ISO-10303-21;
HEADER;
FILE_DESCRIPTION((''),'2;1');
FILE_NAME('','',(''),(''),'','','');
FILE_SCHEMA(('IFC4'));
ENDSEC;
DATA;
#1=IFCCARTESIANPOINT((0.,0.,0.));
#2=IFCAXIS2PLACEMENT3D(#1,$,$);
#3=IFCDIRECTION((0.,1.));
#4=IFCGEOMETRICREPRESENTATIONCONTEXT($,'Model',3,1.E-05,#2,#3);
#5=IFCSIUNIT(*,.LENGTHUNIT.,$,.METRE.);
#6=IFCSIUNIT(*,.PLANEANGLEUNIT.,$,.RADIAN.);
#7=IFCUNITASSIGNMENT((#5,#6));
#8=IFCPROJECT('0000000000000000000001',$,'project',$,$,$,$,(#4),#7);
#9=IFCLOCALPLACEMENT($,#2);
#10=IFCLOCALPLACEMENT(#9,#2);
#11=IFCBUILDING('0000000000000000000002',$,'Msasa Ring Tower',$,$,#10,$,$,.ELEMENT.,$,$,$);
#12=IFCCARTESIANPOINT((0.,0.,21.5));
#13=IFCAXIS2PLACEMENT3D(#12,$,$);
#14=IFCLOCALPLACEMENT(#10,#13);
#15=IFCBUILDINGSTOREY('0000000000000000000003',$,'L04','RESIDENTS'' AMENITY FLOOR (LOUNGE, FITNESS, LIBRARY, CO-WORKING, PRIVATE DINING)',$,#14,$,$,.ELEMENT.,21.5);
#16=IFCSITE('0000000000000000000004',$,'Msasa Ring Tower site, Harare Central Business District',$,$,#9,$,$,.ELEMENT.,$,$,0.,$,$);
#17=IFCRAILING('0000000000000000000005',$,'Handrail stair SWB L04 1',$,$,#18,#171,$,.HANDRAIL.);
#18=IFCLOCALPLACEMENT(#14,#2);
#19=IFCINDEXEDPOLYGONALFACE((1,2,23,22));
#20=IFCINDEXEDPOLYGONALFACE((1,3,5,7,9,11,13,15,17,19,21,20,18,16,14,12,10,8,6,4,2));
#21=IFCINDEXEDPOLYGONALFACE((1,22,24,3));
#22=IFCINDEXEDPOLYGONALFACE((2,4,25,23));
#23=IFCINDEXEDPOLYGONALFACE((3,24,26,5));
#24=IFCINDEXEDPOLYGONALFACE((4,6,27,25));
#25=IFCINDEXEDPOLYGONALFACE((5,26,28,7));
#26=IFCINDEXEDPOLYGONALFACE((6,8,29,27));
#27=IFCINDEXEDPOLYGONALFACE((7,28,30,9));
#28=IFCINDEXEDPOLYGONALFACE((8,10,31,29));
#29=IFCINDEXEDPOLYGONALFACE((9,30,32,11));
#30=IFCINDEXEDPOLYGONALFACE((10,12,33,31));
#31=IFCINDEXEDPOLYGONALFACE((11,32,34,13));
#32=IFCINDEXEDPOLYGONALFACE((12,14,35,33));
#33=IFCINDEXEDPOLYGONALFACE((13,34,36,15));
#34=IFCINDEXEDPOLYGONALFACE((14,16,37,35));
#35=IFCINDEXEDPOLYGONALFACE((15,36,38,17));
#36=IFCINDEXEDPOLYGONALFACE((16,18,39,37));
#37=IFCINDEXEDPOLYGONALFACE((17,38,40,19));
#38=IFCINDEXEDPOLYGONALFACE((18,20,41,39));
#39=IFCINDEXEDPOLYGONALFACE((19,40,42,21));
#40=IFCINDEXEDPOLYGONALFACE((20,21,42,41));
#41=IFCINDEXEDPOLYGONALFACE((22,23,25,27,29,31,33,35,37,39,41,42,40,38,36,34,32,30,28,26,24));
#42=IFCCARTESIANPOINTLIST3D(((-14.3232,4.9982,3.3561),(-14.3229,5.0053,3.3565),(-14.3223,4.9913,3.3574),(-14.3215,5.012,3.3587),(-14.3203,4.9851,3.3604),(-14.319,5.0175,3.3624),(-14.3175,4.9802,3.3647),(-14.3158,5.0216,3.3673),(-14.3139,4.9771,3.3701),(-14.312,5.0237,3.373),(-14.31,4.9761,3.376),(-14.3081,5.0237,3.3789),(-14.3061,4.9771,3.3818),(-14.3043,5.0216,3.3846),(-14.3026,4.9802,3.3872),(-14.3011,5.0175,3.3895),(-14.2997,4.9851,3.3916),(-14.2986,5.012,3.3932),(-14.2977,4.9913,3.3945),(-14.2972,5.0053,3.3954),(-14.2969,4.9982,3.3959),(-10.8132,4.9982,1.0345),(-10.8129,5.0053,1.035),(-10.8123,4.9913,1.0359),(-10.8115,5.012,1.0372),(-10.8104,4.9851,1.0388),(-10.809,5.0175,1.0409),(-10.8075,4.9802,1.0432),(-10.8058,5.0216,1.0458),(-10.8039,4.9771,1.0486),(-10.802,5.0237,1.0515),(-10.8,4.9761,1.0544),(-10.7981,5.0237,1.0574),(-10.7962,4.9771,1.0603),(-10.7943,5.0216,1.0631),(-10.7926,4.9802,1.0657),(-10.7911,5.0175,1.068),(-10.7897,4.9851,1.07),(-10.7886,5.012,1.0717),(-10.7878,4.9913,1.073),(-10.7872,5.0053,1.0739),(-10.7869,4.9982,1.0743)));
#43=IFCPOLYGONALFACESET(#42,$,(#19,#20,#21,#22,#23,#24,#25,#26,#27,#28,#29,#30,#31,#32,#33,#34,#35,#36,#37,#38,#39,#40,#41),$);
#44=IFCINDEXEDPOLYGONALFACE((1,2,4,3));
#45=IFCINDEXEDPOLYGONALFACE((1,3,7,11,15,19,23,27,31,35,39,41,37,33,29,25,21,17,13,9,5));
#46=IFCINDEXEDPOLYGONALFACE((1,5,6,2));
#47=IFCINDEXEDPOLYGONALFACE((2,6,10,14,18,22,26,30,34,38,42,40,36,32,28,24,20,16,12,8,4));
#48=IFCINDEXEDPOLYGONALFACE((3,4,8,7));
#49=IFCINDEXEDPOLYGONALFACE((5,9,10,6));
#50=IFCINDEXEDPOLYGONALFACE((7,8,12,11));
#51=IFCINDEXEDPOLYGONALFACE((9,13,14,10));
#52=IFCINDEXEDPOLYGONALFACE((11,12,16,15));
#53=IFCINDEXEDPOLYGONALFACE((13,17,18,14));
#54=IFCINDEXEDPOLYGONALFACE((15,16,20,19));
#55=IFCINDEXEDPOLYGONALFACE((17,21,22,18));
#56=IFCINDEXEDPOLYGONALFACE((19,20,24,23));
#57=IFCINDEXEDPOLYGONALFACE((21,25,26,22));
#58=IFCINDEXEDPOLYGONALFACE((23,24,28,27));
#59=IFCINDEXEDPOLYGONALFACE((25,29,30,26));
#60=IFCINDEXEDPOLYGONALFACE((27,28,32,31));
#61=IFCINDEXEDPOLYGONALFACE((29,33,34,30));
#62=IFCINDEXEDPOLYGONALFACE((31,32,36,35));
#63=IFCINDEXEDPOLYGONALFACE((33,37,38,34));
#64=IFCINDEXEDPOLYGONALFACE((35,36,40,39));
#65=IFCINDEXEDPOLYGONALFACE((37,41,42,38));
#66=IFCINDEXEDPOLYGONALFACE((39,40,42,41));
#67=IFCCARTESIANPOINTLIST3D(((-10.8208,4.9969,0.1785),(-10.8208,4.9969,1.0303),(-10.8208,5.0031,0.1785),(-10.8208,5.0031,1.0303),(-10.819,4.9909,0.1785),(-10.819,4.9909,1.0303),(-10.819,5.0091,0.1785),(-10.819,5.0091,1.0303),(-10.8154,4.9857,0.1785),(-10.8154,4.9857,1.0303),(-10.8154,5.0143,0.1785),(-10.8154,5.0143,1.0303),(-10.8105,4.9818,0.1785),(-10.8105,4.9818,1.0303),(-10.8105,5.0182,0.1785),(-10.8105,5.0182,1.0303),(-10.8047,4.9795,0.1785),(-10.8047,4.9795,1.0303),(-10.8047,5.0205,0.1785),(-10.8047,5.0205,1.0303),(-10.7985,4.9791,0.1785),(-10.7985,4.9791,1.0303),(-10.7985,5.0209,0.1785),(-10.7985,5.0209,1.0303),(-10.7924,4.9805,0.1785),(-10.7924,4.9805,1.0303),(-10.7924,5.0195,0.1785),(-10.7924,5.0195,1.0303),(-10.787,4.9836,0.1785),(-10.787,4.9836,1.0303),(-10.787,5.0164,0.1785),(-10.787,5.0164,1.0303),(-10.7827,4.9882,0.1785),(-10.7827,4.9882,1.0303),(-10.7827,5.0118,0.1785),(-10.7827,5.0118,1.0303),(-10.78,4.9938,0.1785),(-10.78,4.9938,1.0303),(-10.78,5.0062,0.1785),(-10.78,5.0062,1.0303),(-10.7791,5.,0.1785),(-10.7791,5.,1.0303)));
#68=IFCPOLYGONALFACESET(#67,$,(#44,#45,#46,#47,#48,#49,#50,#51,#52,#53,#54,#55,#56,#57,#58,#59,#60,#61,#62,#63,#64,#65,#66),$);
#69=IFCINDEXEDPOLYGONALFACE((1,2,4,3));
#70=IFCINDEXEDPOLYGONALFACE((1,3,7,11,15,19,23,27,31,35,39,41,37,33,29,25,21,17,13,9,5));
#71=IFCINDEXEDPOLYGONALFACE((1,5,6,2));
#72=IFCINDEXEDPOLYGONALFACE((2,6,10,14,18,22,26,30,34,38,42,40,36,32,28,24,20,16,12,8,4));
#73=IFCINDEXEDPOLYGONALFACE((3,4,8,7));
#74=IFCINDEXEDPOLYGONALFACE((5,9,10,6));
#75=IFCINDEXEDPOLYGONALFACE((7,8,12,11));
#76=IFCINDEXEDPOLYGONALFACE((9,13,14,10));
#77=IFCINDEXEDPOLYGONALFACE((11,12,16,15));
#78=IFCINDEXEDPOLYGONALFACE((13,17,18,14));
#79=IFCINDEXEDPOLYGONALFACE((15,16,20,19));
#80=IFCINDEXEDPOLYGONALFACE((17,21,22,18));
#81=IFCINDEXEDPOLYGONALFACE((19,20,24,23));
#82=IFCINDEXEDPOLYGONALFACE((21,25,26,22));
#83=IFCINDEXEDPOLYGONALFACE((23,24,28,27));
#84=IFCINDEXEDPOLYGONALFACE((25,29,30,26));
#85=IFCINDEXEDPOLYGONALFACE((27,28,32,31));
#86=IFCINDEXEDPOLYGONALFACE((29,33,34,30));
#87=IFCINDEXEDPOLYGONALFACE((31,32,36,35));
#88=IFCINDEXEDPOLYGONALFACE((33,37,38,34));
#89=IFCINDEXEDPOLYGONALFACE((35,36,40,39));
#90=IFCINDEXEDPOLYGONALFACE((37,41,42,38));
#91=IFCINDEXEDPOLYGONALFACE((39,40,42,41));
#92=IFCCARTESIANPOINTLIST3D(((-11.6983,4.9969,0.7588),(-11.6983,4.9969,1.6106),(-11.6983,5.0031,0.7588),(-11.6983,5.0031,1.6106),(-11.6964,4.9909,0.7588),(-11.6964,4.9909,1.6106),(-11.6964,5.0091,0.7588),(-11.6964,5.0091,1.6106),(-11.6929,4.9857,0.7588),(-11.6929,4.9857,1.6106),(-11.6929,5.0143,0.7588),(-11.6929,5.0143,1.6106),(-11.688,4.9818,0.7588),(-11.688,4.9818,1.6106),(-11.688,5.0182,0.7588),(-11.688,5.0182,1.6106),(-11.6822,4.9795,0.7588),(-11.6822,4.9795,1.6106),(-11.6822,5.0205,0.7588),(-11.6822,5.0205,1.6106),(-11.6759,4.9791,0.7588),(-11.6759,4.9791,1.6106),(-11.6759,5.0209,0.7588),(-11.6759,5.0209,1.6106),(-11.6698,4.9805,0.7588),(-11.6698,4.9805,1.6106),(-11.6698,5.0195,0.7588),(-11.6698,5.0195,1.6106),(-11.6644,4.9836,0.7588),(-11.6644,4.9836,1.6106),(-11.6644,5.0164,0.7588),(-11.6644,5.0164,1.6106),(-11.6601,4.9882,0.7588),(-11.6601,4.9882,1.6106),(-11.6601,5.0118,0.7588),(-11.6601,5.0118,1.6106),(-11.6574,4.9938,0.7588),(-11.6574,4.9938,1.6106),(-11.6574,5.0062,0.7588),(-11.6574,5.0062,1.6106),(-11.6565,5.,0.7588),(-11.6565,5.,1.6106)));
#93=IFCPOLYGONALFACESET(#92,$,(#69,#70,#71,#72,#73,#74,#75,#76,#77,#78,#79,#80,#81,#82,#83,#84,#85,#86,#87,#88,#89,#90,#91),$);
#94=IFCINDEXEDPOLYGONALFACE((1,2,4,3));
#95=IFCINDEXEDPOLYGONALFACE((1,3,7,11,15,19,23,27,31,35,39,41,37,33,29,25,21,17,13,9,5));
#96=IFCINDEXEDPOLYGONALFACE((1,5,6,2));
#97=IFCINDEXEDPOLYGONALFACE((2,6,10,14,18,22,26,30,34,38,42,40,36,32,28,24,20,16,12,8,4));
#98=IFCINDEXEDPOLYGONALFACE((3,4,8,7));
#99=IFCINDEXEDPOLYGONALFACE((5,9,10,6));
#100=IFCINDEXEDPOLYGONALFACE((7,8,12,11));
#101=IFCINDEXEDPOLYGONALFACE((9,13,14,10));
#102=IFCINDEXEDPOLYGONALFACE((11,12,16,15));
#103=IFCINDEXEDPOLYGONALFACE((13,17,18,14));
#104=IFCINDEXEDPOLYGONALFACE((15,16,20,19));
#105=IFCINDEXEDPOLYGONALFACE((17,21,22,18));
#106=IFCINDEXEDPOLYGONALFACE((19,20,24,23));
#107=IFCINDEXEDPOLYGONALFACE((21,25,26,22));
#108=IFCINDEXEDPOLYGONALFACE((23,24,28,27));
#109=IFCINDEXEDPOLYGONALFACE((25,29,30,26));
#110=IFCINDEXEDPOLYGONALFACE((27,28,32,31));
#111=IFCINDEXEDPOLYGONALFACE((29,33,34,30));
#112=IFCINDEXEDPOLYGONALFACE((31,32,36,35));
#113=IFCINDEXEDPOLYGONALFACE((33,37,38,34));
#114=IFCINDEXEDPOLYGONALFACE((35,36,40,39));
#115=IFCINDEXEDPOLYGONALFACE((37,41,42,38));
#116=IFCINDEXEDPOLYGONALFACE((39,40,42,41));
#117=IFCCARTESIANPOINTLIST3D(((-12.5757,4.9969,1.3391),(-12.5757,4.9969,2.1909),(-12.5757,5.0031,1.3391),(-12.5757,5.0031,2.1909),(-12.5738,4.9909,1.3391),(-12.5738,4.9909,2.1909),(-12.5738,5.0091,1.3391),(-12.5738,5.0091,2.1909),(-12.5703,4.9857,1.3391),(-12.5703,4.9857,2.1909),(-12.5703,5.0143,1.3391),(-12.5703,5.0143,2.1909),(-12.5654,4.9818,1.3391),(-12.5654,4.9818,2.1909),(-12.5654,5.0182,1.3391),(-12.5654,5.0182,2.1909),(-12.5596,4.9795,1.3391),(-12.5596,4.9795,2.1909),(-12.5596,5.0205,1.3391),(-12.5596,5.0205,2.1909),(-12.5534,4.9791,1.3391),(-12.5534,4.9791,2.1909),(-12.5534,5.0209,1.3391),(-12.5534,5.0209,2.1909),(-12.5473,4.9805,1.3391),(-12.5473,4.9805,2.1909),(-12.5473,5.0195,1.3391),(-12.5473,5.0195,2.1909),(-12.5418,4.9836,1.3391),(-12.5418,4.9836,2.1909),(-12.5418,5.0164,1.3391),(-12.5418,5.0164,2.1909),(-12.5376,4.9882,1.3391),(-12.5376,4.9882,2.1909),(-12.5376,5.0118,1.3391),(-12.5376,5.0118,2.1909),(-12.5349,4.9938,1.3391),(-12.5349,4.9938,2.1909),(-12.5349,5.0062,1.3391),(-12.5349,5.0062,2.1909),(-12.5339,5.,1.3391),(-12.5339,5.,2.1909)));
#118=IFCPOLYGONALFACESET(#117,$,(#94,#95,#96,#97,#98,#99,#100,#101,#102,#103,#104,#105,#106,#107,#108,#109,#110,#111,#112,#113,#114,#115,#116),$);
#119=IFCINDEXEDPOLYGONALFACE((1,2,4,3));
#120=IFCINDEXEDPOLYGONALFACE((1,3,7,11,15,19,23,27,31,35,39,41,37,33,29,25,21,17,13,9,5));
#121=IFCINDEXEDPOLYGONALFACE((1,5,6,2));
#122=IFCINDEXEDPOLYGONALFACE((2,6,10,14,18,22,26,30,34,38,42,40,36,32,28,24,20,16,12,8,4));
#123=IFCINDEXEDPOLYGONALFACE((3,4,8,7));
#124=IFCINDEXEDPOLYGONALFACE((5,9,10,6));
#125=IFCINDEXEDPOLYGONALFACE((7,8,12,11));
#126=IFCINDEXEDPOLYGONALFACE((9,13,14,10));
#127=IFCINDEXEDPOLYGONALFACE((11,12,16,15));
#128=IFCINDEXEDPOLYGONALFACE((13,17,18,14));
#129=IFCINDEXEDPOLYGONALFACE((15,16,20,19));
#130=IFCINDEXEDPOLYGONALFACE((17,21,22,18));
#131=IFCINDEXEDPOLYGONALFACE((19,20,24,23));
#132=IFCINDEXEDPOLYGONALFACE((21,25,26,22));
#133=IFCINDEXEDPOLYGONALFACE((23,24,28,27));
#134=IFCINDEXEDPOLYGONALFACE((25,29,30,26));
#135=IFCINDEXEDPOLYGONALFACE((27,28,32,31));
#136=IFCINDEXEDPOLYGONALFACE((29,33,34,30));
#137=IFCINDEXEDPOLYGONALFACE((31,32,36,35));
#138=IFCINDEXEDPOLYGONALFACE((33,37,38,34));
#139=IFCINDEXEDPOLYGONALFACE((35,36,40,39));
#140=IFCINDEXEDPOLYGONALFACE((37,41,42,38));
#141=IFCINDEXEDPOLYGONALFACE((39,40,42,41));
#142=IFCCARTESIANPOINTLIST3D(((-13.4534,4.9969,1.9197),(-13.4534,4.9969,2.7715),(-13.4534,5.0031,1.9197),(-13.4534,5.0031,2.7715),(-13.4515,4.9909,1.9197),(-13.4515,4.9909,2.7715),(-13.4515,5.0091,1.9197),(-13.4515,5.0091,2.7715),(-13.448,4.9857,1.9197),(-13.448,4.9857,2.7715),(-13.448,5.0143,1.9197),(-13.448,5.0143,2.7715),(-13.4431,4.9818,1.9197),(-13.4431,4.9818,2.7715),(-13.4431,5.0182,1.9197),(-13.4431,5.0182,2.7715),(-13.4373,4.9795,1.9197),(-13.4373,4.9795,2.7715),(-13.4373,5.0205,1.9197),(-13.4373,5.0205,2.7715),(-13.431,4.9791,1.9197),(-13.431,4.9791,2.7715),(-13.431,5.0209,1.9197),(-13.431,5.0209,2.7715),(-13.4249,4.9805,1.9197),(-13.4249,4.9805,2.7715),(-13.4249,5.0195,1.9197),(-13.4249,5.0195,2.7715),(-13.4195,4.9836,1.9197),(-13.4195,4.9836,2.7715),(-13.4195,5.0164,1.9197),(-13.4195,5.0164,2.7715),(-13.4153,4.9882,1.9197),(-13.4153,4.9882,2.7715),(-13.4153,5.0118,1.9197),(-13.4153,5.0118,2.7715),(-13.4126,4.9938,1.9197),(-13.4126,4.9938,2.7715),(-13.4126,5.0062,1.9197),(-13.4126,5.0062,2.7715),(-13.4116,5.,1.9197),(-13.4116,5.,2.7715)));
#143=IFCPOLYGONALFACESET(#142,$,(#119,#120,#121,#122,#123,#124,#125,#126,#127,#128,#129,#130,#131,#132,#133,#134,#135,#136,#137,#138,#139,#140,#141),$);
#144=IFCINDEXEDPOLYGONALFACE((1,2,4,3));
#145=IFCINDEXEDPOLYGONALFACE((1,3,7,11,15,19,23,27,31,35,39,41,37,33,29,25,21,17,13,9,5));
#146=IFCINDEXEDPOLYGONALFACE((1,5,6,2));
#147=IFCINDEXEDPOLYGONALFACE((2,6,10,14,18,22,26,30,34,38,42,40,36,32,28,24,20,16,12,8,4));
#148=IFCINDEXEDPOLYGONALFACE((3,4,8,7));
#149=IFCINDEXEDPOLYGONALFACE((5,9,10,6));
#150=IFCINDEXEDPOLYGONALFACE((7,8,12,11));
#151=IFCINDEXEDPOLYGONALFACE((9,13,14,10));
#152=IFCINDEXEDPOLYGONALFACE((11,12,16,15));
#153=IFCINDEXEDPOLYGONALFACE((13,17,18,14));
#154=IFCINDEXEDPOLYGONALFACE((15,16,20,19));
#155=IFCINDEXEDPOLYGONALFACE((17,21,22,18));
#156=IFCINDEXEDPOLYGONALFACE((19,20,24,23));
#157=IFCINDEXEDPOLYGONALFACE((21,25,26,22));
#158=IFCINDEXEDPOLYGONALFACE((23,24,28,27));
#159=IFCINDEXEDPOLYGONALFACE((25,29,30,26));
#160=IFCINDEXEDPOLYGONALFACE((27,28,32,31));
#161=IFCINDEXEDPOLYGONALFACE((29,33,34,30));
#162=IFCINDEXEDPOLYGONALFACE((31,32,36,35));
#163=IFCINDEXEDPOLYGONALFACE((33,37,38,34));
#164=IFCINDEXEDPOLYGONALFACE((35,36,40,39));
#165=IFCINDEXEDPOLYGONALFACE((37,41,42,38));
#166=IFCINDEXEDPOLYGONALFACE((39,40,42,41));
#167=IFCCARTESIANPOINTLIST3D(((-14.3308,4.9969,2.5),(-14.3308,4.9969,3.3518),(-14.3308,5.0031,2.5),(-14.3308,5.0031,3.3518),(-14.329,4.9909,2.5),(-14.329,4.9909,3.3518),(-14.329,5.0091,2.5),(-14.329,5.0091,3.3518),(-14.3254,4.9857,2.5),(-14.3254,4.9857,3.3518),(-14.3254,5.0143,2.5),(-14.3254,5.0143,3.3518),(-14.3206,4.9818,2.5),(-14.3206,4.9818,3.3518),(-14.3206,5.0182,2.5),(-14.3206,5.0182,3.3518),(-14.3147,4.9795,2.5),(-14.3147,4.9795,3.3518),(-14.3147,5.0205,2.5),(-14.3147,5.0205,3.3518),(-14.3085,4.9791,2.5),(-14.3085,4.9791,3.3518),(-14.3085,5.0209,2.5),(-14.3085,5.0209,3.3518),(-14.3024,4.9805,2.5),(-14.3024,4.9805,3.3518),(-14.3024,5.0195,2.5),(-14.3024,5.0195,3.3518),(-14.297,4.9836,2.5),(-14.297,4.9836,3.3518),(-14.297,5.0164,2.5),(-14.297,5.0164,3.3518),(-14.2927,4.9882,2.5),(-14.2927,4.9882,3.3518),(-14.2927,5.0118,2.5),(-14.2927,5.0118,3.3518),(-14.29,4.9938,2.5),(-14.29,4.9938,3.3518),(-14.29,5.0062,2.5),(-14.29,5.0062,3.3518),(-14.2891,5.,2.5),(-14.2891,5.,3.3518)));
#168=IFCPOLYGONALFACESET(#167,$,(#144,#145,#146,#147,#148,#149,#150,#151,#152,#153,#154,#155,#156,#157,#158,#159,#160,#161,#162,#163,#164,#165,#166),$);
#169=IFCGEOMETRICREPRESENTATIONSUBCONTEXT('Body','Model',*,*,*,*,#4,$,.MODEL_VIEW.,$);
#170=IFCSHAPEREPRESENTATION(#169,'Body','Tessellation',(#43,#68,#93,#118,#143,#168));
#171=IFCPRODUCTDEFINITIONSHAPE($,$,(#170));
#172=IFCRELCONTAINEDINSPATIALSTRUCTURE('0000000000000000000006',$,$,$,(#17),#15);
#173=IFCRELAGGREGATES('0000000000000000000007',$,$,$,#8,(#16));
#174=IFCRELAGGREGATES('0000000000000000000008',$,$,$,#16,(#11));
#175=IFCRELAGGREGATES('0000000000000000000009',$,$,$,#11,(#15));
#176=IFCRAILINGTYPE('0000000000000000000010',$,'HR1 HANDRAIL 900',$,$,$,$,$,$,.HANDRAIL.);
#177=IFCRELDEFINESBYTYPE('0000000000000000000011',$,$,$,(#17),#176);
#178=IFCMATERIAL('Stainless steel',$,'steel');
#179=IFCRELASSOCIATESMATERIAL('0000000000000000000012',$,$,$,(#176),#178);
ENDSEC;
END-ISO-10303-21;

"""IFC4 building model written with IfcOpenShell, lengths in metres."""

from ifc_helpers import new_model, si_unit, direction, frame, origin, origin_2d, place, context, subcontext, project, spatial, circle, extrude, material, type_object, element, save


model = new_model("IFC4")

# Units and contexts
model_context = context("Model", 3, precision=1e-05, world=origin(), true_north=direction((0.0, 1.0)))
body_context = subcontext(model_context, "Body", "Model", "MODEL_VIEW")
ifc_project = project(units=[si_unit("LENGTHUNIT", "METRE"), si_unit("PLANEANGLEUNIT", "RADIAN")], contexts=[model_context])

# Site, building, storey
site_placement = place(None, origin())
site = spatial("IfcSite", under=ifc_project, at=site_placement, Name="Msasa Ring Tower site, Harare Central Business District", CompositionType="ELEMENT", RefElevation=0.0)
building_placement = place(site_placement, origin())
building = spatial("IfcBuilding", under=site, at=building_placement, Name="Msasa Ring Tower", CompositionType="ELEMENT")
storey_placement = place(building_placement, frame((0.0, 0.0, 21.5)))
storey = spatial("IfcBuildingStorey", under=building, at=storey_placement, Name="L04", Description="RESIDENTS' AMENITY FLOOR (LOUNGE, FITNESS, LIBRARY, CO-WORKING, PRIVATE DINING)", CompositionType="ELEMENT", Elevation=21.5)

# Railing
ifc_material_1 = material(Name="Stainless steel", Category="steel")
railing_type = type_object("IfcRailingType", Name="HR1 HANDRAIL 900", PredefinedType="HANDRAIL", material=ifc_material_1)
for number, where, name in (
    (1, (-10.8, 5.0, 0.1785), "Handrail stair SWB L04 1"),
):
    element("IfcRailing", number, at=place(storey_placement, frame(where)), inside=storey, type_object=railing_type, Name=name, PredefinedType="HANDRAIL", context=body_context, shape_type="SweptSolid", body=[
        extrude(circle(Radius=0.0239, at=origin_2d()), frame((0.0, 0.0, 0.876), z_axis=(-0.834071, 0.0, 0.551657), x_axis=(0.0, -1.0, 0.0)), (0.0, 0.0, 1.0), 4.2083),
        extrude(circle(Radius=0.021, at=origin_2d()), origin(), (0.0, 0.0, 1.0), 0.8518),
        extrude(circle(Radius=0.021, at=origin_2d()), frame((-0.8774, 0.0, 0.5803)), (0.0, 0.0, 1.0), 0.8518),
        extrude(circle(Radius=0.021, at=origin_2d()), frame((-1.7549, 0.0, 1.1606)), (0.0, 0.0, 1.0), 0.8518),
        extrude(circle(Radius=0.021, at=origin_2d()), frame((-2.6326, 0.0, 1.7412)), (0.0, 0.0, 1.0), 0.8518),
        extrude(circle(Radius=0.021, at=origin_2d()), frame((-3.51, 0.0, 2.3215)), (0.0, 0.0, 1.0), 0.8518),
    ])

save(model, "model.ifc")
